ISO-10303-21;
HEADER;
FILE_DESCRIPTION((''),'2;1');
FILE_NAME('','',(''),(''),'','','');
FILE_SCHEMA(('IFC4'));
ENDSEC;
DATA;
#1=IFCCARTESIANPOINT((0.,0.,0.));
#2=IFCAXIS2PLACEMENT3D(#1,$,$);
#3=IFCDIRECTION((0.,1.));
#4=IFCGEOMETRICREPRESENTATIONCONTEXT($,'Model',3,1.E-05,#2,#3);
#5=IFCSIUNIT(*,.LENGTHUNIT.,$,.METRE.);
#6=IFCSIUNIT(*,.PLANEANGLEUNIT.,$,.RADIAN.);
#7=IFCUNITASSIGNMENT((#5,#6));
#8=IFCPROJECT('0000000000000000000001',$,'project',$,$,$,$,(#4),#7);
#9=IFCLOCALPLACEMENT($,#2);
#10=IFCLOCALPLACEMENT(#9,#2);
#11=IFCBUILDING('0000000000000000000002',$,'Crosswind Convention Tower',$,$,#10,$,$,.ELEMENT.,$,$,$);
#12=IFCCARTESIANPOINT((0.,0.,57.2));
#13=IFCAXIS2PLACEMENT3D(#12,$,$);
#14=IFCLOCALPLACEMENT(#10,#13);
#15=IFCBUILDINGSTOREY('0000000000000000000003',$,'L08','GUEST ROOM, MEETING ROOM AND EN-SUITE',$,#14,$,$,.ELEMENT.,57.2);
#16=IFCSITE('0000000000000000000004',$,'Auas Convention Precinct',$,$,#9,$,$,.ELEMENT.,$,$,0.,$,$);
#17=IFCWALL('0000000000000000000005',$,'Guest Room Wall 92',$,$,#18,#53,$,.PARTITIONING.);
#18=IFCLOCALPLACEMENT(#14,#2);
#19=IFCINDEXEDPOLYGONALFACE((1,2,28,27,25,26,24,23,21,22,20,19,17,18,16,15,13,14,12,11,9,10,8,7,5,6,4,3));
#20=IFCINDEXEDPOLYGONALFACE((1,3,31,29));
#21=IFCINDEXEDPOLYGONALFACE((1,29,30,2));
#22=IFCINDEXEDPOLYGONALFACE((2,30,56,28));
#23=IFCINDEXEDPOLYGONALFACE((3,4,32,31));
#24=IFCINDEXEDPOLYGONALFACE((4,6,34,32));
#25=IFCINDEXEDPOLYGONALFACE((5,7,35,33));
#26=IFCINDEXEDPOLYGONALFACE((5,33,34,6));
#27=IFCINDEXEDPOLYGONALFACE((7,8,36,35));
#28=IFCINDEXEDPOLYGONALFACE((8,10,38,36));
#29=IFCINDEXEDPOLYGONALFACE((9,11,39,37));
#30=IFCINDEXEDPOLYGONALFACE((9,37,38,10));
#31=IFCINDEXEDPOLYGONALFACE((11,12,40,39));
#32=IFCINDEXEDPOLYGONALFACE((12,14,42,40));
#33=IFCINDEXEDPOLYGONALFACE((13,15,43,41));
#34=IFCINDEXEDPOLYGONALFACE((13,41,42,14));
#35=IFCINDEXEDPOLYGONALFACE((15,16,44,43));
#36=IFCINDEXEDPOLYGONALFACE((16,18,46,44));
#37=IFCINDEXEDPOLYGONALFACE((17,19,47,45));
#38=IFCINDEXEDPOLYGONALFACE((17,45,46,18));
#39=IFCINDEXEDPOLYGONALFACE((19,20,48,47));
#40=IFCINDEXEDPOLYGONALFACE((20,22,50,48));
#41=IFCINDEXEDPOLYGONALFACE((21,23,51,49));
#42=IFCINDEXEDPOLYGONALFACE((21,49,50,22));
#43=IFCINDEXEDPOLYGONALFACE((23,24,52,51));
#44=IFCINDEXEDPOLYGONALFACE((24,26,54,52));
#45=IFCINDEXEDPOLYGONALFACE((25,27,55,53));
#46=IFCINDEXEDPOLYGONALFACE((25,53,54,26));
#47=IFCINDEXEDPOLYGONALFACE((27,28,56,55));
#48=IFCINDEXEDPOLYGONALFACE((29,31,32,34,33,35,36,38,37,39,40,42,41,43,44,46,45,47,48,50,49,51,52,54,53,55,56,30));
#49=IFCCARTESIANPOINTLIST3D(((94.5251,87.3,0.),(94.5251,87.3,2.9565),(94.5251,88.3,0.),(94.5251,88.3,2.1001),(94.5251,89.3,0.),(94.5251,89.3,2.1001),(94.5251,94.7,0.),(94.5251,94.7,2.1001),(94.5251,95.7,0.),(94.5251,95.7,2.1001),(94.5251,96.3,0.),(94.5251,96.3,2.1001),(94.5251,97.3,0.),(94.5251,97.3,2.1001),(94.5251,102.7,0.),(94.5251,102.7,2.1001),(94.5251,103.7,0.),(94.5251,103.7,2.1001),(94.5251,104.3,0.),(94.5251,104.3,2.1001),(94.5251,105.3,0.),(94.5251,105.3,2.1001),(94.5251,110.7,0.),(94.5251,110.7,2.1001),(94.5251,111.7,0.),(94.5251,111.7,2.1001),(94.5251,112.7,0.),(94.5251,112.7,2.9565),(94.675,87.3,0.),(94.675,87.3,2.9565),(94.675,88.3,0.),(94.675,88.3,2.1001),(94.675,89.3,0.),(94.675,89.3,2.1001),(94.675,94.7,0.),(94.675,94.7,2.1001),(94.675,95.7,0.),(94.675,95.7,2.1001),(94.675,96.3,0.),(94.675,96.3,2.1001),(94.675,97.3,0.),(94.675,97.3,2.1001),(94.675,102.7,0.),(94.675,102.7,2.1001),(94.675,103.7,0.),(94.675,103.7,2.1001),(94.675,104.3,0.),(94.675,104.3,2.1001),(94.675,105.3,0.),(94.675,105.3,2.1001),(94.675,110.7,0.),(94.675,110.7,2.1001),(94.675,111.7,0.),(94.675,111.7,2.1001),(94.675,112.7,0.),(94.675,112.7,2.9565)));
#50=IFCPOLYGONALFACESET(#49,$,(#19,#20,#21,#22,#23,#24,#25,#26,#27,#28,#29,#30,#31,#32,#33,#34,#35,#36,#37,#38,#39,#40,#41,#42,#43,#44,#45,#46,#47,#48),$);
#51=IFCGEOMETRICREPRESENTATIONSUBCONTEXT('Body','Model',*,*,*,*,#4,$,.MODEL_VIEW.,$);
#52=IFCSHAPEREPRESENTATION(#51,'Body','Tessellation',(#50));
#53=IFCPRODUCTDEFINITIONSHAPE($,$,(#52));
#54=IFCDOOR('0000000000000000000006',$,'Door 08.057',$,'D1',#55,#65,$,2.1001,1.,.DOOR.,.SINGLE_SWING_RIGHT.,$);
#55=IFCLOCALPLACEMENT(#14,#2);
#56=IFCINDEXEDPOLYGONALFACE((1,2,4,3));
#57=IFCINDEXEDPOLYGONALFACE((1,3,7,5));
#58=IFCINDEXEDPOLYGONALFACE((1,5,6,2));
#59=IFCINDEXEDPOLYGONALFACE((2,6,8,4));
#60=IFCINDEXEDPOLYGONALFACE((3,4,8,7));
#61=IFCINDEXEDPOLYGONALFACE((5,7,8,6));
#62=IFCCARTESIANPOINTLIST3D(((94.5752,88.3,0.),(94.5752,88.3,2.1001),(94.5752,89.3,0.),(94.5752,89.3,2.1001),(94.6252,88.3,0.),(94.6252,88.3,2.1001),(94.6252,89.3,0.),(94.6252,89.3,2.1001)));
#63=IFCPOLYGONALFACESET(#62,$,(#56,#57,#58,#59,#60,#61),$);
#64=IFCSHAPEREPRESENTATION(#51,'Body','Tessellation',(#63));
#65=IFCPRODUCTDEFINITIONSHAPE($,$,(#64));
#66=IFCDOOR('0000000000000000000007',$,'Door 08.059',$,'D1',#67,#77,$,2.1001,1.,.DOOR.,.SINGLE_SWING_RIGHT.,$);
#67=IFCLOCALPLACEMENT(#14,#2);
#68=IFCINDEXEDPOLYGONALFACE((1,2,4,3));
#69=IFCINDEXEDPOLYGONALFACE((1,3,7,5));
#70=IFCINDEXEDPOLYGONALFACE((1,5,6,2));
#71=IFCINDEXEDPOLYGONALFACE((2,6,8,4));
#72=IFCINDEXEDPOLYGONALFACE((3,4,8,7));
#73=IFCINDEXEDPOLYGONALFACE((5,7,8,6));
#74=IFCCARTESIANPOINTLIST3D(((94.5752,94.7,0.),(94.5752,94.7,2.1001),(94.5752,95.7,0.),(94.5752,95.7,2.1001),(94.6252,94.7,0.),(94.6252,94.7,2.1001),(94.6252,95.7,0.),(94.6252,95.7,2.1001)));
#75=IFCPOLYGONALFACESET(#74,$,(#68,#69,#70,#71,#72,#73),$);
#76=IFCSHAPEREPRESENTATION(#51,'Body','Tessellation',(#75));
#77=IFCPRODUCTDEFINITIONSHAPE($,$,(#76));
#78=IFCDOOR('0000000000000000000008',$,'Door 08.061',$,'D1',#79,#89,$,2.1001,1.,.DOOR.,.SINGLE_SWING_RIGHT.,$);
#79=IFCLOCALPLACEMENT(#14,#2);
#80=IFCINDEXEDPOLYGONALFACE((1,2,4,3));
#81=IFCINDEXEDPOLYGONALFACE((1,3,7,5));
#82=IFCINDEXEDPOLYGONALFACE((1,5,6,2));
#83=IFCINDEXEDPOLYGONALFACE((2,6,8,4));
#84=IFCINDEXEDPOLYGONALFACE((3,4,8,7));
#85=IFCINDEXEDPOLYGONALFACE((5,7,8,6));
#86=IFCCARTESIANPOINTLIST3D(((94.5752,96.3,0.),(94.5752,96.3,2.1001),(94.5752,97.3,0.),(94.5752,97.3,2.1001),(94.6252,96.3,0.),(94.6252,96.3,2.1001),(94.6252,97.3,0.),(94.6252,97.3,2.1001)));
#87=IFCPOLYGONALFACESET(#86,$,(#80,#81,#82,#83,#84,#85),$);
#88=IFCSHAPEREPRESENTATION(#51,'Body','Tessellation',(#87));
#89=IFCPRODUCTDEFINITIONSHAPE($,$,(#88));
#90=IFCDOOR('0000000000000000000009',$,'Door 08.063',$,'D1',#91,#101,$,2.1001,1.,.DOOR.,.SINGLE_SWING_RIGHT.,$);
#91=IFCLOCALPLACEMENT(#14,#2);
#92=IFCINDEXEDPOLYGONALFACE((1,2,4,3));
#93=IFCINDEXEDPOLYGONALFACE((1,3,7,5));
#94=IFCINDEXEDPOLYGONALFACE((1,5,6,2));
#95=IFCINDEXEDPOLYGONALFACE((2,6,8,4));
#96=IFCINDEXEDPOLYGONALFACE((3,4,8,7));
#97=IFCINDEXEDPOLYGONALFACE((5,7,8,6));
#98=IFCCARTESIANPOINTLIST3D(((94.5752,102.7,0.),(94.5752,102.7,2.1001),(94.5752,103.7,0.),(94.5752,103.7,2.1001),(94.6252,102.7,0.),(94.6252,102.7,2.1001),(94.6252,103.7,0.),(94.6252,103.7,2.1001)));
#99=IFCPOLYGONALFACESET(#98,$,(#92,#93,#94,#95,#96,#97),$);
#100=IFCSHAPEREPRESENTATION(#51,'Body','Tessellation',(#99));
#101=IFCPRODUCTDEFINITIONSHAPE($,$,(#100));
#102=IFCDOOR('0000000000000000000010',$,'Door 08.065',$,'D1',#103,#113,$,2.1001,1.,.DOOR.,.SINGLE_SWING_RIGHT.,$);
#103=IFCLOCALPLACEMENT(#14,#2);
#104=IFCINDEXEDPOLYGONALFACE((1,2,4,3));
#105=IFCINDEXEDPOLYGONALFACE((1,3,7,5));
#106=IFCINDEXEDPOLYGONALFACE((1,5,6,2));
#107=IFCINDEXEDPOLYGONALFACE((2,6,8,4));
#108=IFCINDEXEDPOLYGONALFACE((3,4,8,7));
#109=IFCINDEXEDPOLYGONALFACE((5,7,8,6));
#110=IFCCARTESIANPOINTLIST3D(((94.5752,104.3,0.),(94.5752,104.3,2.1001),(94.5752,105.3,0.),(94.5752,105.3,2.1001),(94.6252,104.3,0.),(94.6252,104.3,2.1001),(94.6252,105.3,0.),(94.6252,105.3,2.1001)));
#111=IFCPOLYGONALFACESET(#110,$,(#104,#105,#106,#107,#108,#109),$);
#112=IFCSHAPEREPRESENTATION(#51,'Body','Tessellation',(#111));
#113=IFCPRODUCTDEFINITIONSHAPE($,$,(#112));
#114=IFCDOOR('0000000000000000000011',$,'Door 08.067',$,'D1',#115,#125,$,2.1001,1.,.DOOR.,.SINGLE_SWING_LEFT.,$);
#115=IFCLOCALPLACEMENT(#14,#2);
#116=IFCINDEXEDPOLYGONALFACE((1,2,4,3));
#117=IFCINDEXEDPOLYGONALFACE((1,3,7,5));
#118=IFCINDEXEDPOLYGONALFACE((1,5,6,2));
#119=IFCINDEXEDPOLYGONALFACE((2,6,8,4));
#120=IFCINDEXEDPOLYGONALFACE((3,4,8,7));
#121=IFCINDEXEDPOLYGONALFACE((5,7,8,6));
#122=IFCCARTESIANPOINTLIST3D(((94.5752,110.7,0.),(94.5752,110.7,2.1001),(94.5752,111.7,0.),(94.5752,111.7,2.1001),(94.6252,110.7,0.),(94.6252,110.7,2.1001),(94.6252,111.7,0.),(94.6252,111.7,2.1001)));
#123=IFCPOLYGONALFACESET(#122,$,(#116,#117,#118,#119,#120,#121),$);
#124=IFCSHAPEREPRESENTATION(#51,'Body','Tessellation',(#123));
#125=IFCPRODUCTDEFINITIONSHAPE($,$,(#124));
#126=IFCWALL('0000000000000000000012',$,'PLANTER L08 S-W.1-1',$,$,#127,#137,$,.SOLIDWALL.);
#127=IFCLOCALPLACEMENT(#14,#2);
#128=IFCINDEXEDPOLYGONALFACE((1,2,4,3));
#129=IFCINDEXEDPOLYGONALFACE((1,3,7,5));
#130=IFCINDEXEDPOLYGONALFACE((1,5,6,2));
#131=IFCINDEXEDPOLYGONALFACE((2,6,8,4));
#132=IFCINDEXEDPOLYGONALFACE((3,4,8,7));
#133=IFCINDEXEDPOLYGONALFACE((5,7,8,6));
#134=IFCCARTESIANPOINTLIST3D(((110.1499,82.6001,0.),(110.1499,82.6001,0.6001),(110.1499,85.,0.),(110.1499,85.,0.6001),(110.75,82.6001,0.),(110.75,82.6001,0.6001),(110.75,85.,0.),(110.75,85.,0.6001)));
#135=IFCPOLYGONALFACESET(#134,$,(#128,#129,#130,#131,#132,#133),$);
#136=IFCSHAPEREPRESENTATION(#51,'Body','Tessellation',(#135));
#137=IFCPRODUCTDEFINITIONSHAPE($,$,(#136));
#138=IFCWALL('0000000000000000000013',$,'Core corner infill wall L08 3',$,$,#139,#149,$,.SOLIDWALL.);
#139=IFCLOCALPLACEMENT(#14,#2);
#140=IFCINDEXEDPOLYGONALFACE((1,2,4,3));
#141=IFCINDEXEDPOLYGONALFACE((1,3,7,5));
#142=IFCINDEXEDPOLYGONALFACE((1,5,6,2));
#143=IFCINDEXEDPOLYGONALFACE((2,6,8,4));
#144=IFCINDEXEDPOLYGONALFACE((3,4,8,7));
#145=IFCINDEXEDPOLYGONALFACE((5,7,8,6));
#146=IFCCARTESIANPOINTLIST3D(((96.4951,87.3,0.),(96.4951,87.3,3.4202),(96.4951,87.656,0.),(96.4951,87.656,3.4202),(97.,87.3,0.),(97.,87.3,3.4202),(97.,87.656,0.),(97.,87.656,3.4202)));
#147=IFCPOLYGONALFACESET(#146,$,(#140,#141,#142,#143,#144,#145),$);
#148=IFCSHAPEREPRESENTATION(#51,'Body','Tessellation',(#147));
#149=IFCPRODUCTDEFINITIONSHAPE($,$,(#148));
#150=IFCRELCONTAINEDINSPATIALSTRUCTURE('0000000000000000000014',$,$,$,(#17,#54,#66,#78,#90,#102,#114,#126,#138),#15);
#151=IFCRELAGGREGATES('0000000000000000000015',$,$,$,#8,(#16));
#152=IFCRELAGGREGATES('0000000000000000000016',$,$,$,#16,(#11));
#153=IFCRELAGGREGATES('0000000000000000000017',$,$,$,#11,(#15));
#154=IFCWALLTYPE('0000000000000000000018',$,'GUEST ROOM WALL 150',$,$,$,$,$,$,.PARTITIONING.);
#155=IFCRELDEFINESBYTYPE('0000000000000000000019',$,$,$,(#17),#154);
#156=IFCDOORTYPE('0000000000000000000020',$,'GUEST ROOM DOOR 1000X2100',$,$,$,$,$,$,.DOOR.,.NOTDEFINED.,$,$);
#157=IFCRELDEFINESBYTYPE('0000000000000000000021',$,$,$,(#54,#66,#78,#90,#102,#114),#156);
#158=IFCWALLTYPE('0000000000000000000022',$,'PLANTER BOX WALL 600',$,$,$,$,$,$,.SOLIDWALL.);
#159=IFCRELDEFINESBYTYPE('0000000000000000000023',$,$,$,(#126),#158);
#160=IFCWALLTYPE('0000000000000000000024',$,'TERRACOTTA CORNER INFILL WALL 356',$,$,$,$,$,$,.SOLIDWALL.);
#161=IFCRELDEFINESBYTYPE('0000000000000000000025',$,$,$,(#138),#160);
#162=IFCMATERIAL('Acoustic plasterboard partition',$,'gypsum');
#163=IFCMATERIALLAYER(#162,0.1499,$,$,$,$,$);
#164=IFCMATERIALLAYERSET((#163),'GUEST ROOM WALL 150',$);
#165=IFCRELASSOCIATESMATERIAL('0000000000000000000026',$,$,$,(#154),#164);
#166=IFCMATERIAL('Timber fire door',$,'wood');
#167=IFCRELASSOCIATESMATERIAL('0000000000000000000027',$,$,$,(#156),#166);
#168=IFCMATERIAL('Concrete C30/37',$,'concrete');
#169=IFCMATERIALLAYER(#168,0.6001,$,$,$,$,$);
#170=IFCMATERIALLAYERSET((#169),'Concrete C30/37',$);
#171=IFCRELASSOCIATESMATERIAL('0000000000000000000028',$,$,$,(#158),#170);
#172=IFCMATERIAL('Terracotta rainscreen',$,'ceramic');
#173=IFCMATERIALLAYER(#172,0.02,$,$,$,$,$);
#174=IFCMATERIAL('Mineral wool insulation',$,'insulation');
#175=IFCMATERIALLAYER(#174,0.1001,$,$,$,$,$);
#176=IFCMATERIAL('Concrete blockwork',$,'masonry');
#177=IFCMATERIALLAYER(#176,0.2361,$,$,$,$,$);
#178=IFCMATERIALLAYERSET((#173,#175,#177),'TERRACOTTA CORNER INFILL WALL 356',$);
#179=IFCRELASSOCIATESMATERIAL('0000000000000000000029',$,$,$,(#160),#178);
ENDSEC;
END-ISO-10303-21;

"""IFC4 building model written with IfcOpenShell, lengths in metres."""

from ifc_helpers import new_model, si_unit, direction, frame, frame_2d, origin, place, context, subcontext, project, spatial, rectangle, extrude, material, layer, layer_set, type_object, element, fill, save


model = new_model("IFC4")

# Units and contexts
model_context = context("Model", 3, precision=1e-05, world=origin(), true_north=direction((0.0, 1.0)))
body_context = subcontext(model_context, "Body", "Model", "MODEL_VIEW")
ifc_project = project(units=[si_unit("LENGTHUNIT", "METRE"), si_unit("PLANEANGLEUNIT", "RADIAN")], contexts=[model_context])

# Site, building, storey
site_placement = place(None, origin())
site = spatial("IfcSite", under=ifc_project, at=site_placement, Name="Auas Convention Precinct", CompositionType="ELEMENT", RefElevation=0.0)
building_placement = place(site_placement, origin())
building = spatial("IfcBuilding", under=site, at=building_placement, Name="Crosswind Convention Tower", CompositionType="ELEMENT")
storey_placement = place(building_placement, frame((0.0, 0.0, 57.2)))
storey = spatial("IfcBuildingStorey", under=building, at=storey_placement, Name="L08", Description="GUEST ROOM, MEETING ROOM AND EN-SUITE", CompositionType="ELEMENT", Elevation=57.2)

# Wall, openings, doors
ifc_material_1 = material(Name="Acoustic plasterboard partition", Category="gypsum")
ifc_layer_1 = layer(ifc_material_1, 0.1499)
ifc_layer_set_1 = layer_set([ifc_layer_1], Name="GUEST ROOM WALL 150")
wall_type_1 = type_object("IfcWallType", Name="GUEST ROOM WALL 150", PredefinedType="PARTITIONING", material=ifc_layer_set_1)
wall_1_placement = place(storey_placement, frame((94.6001, 87.3, 0.0), z_axis=(0.0, 0.0, 1.0), x_axis=(0.0, 1.0, 0.0)))
wall_1 = element("IfcWall", 1, at=wall_1_placement, inside=storey, type_object=wall_type_1, Name="Guest Room Wall 92", PredefinedType="PARTITIONING", context=body_context, shape_type="SweptSolid", body=[
    extrude(rectangle(XDim=25.3999, YDim=0.1499, at=frame_2d((12.7, 0.0))), origin(), (0.0, 0.0, 1.0), 2.9565),
])
opening_1_placement = place(wall_1_placement, frame((1.0, 0.0, 0.0)))
opening_1 = element("IfcOpeningElement", 2, at=opening_1_placement, cuts=wall_1, PredefinedType="OPENING", context=body_context, shape_type="SweptSolid", body=[
    extrude(rectangle(XDim=1.0, YDim=2.1001, at=frame_2d((0.5, 1.05))), frame((0.0, 0.085, 0.0), z_axis=(0.0, -1.0, 0.0), x_axis=(1.0, 0.0, 0.0)), (0.0, 0.0, 1.0), 0.1699),
])
opening_2_placement = place(wall_1_placement, frame((7.3999, 0.0, 0.0)))
opening_2 = element("IfcOpeningElement", 3, at=opening_2_placement, cuts=wall_1, PredefinedType="OPENING", context=body_context, shape_type="SweptSolid", body=[
    extrude(rectangle(XDim=1.0, YDim=2.1001, at=frame_2d((0.5, 1.05))), frame((0.0, 0.085, 0.0), z_axis=(0.0, -1.0, 0.0), x_axis=(1.0, 0.0, 0.0)), (0.0, 0.0, 1.0), 0.1699),
])
opening_3_placement = place(wall_1_placement, frame((9.0, 0.0, 0.0)))
opening_3 = element("IfcOpeningElement", 4, at=opening_3_placement, cuts=wall_1, PredefinedType="OPENING", context=body_context, shape_type="SweptSolid", body=[
    extrude(rectangle(XDim=1.0, YDim=2.1001, at=frame_2d((0.5, 1.05))), frame((0.0, 0.085, 0.0), z_axis=(0.0, -1.0, 0.0), x_axis=(1.0, 0.0, 0.0)), (0.0, 0.0, 1.0), 0.1699),
])
opening_4_placement = place(wall_1_placement, frame((15.3999, 0.0, 0.0)))
opening_4 = element("IfcOpeningElement", 5, at=opening_4_placement, cuts=wall_1, PredefinedType="OPENING", context=body_context, shape_type="SweptSolid", body=[
    extrude(rectangle(XDim=1.0, YDim=2.1001, at=frame_2d((0.5, 1.05))), frame((0.0, 0.085, 0.0), z_axis=(0.0, -1.0, 0.0), x_axis=(1.0, 0.0, 0.0)), (0.0, 0.0, 1.0), 0.1699),
])
opening_5_placement = place(wall_1_placement, frame((17.0, 0.0, 0.0)))
opening_5 = element("IfcOpeningElement", 6, at=opening_5_placement, cuts=wall_1, PredefinedType="OPENING", context=body_context, shape_type="SweptSolid", body=[
    extrude(rectangle(XDim=1.0, YDim=2.1001, at=frame_2d((0.5, 1.05))), frame((0.0, 0.085, 0.0), z_axis=(0.0, -1.0, 0.0), x_axis=(1.0, 0.0, 0.0)), (0.0, 0.0, 1.0), 0.1699),
])
opening_6_placement = place(wall_1_placement, frame((23.3999, 0.0, 0.0)))
opening_6 = element("IfcOpeningElement", 7, at=opening_6_placement, cuts=wall_1, PredefinedType="OPENING", context=body_context, shape_type="SweptSolid", body=[
    extrude(rectangle(XDim=1.0, YDim=2.1001, at=frame_2d((0.5, 1.05))), frame((0.0, 0.085, 0.0), z_axis=(0.0, -1.0, 0.0), x_axis=(1.0, 0.0, 0.0)), (0.0, 0.0, 1.0), 0.1699),
])
ifc_material_2 = material(Name="Timber fire door", Category="wood")
door_type_1 = type_object("IfcDoorType", Name="GUEST ROOM DOOR 1000X2100", OperationType="NOTDEFINED", PredefinedType="DOOR", material=ifc_material_2)
door_1_placement = place(opening_1_placement, origin())
door_1 = element("IfcDoor", 8, at=door_1_placement, inside=storey, type_object=door_type_1, Name="Door 08.057", ObjectType="D1", OperationType="SINGLE_SWING_RIGHT", OverallHeight=2.1001, OverallWidth=1.0, PredefinedType="DOOR", context=body_context, shape_type="SweptSolid", body=[
    extrude(rectangle(XDim=1.0, YDim=2.1001, at=frame_2d((0.5, 1.05))), frame((0.0, 0.0249, 0.0), z_axis=(0.0, -1.0, 0.0), x_axis=(1.0, 0.0, 0.0)), (0.0, 0.0, 1.0), 0.05),
])
fill(opening_1, door_1)
door_2_placement = place(opening_2_placement, origin())
door_2 = element("IfcDoor", 9, at=door_2_placement, inside=storey, type_object=door_type_1, Name="Door 08.059", ObjectType="D1", OperationType="SINGLE_SWING_RIGHT", OverallHeight=2.1001, OverallWidth=1.0, PredefinedType="DOOR", context=body_context, shape_type="SweptSolid", body=[
    extrude(rectangle(XDim=1.0, YDim=2.1001, at=frame_2d((0.5, 1.05))), frame((0.0, 0.0249, 0.0), z_axis=(0.0, -1.0, 0.0), x_axis=(1.0, 0.0, 0.0)), (0.0, 0.0, 1.0), 0.05),
])
fill(opening_2, door_2)
door_3_placement = place(opening_3_placement, origin())
door_3 = element("IfcDoor", 10, at=door_3_placement, inside=storey, type_object=door_type_1, Name="Door 08.061", ObjectType="D1", OperationType="SINGLE_SWING_RIGHT", OverallHeight=2.1001, OverallWidth=1.0, PredefinedType="DOOR", context=body_context, shape_type="SweptSolid", body=[
    extrude(rectangle(XDim=1.0, YDim=2.1001, at=frame_2d((0.5, 1.05))), frame((0.0, 0.0249, 0.0), z_axis=(0.0, -1.0, 0.0), x_axis=(1.0, 0.0, 0.0)), (0.0, 0.0, 1.0), 0.05),
])
fill(opening_3, door_3)
door_4_placement = place(opening_4_placement, origin())
door_4 = element("IfcDoor", 11, at=door_4_placement, inside=storey, type_object=door_type_1, Name="Door 08.063", ObjectType="D1", OperationType="SINGLE_SWING_RIGHT", OverallHeight=2.1001, OverallWidth=1.0, PredefinedType="DOOR", context=body_context, shape_type="SweptSolid", body=[
    extrude(rectangle(XDim=1.0, YDim=2.1001, at=frame_2d((0.5, 1.05))), frame((0.0, 0.0249, 0.0), z_axis=(0.0, -1.0, 0.0), x_axis=(1.0, 0.0, 0.0)), (0.0, 0.0, 1.0), 0.05),
])
fill(opening_4, door_4)
door_5_placement = place(opening_5_placement, origin())
door_5 = element("IfcDoor", 12, at=door_5_placement, inside=storey, type_object=door_type_1, Name="Door 08.065", ObjectType="D1", OperationType="SINGLE_SWING_RIGHT", OverallHeight=2.1001, OverallWidth=1.0, PredefinedType="DOOR", context=body_context, shape_type="SweptSolid", body=[
    extrude(rectangle(XDim=1.0, YDim=2.1001, at=frame_2d((0.5, 1.05))), frame((0.0, 0.0249, 0.0), z_axis=(0.0, -1.0, 0.0), x_axis=(1.0, 0.0, 0.0)), (0.0, 0.0, 1.0), 0.05),
])
fill(opening_5, door_5)
door_6_placement = place(opening_6_placement, origin())
door_6 = element("IfcDoor", 13, at=door_6_placement, inside=storey, type_object=door_type_1, Name="Door 08.067", ObjectType="D1", OperationType="SINGLE_SWING_LEFT", OverallHeight=2.1001, OverallWidth=1.0, PredefinedType="DOOR", context=body_context, shape_type="SweptSolid", body=[
    extrude(rectangle(XDim=1.0, YDim=2.1001, at=frame_2d((0.5, 1.05))), frame((0.0, 0.0249, 0.0), z_axis=(0.0, -1.0, 0.0), x_axis=(1.0, 0.0, 0.0)), (0.0, 0.0, 1.0), 0.05),
])
fill(opening_6, door_6)

# Walls
ifc_material_3 = material(Name="Concrete C30/37", Category="concrete")
ifc_layer_2 = layer(ifc_material_3, 0.6001)
ifc_layer_set_2 = layer_set([ifc_layer_2], Name="Concrete C30/37")
wall_type_2 = type_object("IfcWallType", Name="PLANTER BOX WALL 600", PredefinedType="SOLIDWALL", material=ifc_layer_set_2)
wall_2_placement = place(storey_placement, frame((110.45, 85.0, 0.0), z_axis=(0.0, 0.0, 1.0), x_axis=(0.0, -1.0, 0.0)))
element("IfcWall", 14, at=wall_2_placement, inside=storey, type_object=wall_type_2, Name="PLANTER L08 S-W.1-1", PredefinedType="SOLIDWALL", context=body_context, shape_type="SweptSolid", body=[
    extrude(rectangle(XDim=2.3999, YDim=0.6001, at=frame_2d((1.2, 0.0))), origin(), (0.0, 0.0, 1.0), 0.6001),
])
ifc_material_4 = material(Name="Terracotta rainscreen", Category="ceramic")
ifc_layer_3 = layer(ifc_material_4, 0.02)
ifc_material_5 = material(Name="Mineral wool insulation", Category="insulation")
ifc_layer_4 = layer(ifc_material_5, 0.1001)
ifc_material_6 = material(Name="Concrete blockwork", Category="masonry")
ifc_layer_5 = layer(ifc_material_6, 0.2361)
ifc_layer_set_3 = layer_set([ifc_layer_3, ifc_layer_4, ifc_layer_5], Name="TERRACOTTA CORNER INFILL WALL 356")
wall_type_3 = type_object("IfcWallType", Name="TERRACOTTA CORNER INFILL WALL 356", PredefinedType="SOLIDWALL", material=ifc_layer_set_3)
wall_3_placement = place(storey_placement, frame((96.4951, 87.478, 0.0), z_axis=(0.0, 0.0, 1.0), x_axis=(1.0, 0.0, 0.0)))
element("IfcWall", 15, at=wall_3_placement, inside=storey, type_object=wall_type_3, Name="Core corner infill wall L08 3", PredefinedType="SOLIDWALL", context=body_context, shape_type="SweptSolid", body=[
    extrude(rectangle(XDim=0.5049, YDim=0.356, at=frame_2d((0.2524, 0.0))), origin(), (0.0, 0.0, 1.0), 3.4202),
])

save(model, "model.ifc")
